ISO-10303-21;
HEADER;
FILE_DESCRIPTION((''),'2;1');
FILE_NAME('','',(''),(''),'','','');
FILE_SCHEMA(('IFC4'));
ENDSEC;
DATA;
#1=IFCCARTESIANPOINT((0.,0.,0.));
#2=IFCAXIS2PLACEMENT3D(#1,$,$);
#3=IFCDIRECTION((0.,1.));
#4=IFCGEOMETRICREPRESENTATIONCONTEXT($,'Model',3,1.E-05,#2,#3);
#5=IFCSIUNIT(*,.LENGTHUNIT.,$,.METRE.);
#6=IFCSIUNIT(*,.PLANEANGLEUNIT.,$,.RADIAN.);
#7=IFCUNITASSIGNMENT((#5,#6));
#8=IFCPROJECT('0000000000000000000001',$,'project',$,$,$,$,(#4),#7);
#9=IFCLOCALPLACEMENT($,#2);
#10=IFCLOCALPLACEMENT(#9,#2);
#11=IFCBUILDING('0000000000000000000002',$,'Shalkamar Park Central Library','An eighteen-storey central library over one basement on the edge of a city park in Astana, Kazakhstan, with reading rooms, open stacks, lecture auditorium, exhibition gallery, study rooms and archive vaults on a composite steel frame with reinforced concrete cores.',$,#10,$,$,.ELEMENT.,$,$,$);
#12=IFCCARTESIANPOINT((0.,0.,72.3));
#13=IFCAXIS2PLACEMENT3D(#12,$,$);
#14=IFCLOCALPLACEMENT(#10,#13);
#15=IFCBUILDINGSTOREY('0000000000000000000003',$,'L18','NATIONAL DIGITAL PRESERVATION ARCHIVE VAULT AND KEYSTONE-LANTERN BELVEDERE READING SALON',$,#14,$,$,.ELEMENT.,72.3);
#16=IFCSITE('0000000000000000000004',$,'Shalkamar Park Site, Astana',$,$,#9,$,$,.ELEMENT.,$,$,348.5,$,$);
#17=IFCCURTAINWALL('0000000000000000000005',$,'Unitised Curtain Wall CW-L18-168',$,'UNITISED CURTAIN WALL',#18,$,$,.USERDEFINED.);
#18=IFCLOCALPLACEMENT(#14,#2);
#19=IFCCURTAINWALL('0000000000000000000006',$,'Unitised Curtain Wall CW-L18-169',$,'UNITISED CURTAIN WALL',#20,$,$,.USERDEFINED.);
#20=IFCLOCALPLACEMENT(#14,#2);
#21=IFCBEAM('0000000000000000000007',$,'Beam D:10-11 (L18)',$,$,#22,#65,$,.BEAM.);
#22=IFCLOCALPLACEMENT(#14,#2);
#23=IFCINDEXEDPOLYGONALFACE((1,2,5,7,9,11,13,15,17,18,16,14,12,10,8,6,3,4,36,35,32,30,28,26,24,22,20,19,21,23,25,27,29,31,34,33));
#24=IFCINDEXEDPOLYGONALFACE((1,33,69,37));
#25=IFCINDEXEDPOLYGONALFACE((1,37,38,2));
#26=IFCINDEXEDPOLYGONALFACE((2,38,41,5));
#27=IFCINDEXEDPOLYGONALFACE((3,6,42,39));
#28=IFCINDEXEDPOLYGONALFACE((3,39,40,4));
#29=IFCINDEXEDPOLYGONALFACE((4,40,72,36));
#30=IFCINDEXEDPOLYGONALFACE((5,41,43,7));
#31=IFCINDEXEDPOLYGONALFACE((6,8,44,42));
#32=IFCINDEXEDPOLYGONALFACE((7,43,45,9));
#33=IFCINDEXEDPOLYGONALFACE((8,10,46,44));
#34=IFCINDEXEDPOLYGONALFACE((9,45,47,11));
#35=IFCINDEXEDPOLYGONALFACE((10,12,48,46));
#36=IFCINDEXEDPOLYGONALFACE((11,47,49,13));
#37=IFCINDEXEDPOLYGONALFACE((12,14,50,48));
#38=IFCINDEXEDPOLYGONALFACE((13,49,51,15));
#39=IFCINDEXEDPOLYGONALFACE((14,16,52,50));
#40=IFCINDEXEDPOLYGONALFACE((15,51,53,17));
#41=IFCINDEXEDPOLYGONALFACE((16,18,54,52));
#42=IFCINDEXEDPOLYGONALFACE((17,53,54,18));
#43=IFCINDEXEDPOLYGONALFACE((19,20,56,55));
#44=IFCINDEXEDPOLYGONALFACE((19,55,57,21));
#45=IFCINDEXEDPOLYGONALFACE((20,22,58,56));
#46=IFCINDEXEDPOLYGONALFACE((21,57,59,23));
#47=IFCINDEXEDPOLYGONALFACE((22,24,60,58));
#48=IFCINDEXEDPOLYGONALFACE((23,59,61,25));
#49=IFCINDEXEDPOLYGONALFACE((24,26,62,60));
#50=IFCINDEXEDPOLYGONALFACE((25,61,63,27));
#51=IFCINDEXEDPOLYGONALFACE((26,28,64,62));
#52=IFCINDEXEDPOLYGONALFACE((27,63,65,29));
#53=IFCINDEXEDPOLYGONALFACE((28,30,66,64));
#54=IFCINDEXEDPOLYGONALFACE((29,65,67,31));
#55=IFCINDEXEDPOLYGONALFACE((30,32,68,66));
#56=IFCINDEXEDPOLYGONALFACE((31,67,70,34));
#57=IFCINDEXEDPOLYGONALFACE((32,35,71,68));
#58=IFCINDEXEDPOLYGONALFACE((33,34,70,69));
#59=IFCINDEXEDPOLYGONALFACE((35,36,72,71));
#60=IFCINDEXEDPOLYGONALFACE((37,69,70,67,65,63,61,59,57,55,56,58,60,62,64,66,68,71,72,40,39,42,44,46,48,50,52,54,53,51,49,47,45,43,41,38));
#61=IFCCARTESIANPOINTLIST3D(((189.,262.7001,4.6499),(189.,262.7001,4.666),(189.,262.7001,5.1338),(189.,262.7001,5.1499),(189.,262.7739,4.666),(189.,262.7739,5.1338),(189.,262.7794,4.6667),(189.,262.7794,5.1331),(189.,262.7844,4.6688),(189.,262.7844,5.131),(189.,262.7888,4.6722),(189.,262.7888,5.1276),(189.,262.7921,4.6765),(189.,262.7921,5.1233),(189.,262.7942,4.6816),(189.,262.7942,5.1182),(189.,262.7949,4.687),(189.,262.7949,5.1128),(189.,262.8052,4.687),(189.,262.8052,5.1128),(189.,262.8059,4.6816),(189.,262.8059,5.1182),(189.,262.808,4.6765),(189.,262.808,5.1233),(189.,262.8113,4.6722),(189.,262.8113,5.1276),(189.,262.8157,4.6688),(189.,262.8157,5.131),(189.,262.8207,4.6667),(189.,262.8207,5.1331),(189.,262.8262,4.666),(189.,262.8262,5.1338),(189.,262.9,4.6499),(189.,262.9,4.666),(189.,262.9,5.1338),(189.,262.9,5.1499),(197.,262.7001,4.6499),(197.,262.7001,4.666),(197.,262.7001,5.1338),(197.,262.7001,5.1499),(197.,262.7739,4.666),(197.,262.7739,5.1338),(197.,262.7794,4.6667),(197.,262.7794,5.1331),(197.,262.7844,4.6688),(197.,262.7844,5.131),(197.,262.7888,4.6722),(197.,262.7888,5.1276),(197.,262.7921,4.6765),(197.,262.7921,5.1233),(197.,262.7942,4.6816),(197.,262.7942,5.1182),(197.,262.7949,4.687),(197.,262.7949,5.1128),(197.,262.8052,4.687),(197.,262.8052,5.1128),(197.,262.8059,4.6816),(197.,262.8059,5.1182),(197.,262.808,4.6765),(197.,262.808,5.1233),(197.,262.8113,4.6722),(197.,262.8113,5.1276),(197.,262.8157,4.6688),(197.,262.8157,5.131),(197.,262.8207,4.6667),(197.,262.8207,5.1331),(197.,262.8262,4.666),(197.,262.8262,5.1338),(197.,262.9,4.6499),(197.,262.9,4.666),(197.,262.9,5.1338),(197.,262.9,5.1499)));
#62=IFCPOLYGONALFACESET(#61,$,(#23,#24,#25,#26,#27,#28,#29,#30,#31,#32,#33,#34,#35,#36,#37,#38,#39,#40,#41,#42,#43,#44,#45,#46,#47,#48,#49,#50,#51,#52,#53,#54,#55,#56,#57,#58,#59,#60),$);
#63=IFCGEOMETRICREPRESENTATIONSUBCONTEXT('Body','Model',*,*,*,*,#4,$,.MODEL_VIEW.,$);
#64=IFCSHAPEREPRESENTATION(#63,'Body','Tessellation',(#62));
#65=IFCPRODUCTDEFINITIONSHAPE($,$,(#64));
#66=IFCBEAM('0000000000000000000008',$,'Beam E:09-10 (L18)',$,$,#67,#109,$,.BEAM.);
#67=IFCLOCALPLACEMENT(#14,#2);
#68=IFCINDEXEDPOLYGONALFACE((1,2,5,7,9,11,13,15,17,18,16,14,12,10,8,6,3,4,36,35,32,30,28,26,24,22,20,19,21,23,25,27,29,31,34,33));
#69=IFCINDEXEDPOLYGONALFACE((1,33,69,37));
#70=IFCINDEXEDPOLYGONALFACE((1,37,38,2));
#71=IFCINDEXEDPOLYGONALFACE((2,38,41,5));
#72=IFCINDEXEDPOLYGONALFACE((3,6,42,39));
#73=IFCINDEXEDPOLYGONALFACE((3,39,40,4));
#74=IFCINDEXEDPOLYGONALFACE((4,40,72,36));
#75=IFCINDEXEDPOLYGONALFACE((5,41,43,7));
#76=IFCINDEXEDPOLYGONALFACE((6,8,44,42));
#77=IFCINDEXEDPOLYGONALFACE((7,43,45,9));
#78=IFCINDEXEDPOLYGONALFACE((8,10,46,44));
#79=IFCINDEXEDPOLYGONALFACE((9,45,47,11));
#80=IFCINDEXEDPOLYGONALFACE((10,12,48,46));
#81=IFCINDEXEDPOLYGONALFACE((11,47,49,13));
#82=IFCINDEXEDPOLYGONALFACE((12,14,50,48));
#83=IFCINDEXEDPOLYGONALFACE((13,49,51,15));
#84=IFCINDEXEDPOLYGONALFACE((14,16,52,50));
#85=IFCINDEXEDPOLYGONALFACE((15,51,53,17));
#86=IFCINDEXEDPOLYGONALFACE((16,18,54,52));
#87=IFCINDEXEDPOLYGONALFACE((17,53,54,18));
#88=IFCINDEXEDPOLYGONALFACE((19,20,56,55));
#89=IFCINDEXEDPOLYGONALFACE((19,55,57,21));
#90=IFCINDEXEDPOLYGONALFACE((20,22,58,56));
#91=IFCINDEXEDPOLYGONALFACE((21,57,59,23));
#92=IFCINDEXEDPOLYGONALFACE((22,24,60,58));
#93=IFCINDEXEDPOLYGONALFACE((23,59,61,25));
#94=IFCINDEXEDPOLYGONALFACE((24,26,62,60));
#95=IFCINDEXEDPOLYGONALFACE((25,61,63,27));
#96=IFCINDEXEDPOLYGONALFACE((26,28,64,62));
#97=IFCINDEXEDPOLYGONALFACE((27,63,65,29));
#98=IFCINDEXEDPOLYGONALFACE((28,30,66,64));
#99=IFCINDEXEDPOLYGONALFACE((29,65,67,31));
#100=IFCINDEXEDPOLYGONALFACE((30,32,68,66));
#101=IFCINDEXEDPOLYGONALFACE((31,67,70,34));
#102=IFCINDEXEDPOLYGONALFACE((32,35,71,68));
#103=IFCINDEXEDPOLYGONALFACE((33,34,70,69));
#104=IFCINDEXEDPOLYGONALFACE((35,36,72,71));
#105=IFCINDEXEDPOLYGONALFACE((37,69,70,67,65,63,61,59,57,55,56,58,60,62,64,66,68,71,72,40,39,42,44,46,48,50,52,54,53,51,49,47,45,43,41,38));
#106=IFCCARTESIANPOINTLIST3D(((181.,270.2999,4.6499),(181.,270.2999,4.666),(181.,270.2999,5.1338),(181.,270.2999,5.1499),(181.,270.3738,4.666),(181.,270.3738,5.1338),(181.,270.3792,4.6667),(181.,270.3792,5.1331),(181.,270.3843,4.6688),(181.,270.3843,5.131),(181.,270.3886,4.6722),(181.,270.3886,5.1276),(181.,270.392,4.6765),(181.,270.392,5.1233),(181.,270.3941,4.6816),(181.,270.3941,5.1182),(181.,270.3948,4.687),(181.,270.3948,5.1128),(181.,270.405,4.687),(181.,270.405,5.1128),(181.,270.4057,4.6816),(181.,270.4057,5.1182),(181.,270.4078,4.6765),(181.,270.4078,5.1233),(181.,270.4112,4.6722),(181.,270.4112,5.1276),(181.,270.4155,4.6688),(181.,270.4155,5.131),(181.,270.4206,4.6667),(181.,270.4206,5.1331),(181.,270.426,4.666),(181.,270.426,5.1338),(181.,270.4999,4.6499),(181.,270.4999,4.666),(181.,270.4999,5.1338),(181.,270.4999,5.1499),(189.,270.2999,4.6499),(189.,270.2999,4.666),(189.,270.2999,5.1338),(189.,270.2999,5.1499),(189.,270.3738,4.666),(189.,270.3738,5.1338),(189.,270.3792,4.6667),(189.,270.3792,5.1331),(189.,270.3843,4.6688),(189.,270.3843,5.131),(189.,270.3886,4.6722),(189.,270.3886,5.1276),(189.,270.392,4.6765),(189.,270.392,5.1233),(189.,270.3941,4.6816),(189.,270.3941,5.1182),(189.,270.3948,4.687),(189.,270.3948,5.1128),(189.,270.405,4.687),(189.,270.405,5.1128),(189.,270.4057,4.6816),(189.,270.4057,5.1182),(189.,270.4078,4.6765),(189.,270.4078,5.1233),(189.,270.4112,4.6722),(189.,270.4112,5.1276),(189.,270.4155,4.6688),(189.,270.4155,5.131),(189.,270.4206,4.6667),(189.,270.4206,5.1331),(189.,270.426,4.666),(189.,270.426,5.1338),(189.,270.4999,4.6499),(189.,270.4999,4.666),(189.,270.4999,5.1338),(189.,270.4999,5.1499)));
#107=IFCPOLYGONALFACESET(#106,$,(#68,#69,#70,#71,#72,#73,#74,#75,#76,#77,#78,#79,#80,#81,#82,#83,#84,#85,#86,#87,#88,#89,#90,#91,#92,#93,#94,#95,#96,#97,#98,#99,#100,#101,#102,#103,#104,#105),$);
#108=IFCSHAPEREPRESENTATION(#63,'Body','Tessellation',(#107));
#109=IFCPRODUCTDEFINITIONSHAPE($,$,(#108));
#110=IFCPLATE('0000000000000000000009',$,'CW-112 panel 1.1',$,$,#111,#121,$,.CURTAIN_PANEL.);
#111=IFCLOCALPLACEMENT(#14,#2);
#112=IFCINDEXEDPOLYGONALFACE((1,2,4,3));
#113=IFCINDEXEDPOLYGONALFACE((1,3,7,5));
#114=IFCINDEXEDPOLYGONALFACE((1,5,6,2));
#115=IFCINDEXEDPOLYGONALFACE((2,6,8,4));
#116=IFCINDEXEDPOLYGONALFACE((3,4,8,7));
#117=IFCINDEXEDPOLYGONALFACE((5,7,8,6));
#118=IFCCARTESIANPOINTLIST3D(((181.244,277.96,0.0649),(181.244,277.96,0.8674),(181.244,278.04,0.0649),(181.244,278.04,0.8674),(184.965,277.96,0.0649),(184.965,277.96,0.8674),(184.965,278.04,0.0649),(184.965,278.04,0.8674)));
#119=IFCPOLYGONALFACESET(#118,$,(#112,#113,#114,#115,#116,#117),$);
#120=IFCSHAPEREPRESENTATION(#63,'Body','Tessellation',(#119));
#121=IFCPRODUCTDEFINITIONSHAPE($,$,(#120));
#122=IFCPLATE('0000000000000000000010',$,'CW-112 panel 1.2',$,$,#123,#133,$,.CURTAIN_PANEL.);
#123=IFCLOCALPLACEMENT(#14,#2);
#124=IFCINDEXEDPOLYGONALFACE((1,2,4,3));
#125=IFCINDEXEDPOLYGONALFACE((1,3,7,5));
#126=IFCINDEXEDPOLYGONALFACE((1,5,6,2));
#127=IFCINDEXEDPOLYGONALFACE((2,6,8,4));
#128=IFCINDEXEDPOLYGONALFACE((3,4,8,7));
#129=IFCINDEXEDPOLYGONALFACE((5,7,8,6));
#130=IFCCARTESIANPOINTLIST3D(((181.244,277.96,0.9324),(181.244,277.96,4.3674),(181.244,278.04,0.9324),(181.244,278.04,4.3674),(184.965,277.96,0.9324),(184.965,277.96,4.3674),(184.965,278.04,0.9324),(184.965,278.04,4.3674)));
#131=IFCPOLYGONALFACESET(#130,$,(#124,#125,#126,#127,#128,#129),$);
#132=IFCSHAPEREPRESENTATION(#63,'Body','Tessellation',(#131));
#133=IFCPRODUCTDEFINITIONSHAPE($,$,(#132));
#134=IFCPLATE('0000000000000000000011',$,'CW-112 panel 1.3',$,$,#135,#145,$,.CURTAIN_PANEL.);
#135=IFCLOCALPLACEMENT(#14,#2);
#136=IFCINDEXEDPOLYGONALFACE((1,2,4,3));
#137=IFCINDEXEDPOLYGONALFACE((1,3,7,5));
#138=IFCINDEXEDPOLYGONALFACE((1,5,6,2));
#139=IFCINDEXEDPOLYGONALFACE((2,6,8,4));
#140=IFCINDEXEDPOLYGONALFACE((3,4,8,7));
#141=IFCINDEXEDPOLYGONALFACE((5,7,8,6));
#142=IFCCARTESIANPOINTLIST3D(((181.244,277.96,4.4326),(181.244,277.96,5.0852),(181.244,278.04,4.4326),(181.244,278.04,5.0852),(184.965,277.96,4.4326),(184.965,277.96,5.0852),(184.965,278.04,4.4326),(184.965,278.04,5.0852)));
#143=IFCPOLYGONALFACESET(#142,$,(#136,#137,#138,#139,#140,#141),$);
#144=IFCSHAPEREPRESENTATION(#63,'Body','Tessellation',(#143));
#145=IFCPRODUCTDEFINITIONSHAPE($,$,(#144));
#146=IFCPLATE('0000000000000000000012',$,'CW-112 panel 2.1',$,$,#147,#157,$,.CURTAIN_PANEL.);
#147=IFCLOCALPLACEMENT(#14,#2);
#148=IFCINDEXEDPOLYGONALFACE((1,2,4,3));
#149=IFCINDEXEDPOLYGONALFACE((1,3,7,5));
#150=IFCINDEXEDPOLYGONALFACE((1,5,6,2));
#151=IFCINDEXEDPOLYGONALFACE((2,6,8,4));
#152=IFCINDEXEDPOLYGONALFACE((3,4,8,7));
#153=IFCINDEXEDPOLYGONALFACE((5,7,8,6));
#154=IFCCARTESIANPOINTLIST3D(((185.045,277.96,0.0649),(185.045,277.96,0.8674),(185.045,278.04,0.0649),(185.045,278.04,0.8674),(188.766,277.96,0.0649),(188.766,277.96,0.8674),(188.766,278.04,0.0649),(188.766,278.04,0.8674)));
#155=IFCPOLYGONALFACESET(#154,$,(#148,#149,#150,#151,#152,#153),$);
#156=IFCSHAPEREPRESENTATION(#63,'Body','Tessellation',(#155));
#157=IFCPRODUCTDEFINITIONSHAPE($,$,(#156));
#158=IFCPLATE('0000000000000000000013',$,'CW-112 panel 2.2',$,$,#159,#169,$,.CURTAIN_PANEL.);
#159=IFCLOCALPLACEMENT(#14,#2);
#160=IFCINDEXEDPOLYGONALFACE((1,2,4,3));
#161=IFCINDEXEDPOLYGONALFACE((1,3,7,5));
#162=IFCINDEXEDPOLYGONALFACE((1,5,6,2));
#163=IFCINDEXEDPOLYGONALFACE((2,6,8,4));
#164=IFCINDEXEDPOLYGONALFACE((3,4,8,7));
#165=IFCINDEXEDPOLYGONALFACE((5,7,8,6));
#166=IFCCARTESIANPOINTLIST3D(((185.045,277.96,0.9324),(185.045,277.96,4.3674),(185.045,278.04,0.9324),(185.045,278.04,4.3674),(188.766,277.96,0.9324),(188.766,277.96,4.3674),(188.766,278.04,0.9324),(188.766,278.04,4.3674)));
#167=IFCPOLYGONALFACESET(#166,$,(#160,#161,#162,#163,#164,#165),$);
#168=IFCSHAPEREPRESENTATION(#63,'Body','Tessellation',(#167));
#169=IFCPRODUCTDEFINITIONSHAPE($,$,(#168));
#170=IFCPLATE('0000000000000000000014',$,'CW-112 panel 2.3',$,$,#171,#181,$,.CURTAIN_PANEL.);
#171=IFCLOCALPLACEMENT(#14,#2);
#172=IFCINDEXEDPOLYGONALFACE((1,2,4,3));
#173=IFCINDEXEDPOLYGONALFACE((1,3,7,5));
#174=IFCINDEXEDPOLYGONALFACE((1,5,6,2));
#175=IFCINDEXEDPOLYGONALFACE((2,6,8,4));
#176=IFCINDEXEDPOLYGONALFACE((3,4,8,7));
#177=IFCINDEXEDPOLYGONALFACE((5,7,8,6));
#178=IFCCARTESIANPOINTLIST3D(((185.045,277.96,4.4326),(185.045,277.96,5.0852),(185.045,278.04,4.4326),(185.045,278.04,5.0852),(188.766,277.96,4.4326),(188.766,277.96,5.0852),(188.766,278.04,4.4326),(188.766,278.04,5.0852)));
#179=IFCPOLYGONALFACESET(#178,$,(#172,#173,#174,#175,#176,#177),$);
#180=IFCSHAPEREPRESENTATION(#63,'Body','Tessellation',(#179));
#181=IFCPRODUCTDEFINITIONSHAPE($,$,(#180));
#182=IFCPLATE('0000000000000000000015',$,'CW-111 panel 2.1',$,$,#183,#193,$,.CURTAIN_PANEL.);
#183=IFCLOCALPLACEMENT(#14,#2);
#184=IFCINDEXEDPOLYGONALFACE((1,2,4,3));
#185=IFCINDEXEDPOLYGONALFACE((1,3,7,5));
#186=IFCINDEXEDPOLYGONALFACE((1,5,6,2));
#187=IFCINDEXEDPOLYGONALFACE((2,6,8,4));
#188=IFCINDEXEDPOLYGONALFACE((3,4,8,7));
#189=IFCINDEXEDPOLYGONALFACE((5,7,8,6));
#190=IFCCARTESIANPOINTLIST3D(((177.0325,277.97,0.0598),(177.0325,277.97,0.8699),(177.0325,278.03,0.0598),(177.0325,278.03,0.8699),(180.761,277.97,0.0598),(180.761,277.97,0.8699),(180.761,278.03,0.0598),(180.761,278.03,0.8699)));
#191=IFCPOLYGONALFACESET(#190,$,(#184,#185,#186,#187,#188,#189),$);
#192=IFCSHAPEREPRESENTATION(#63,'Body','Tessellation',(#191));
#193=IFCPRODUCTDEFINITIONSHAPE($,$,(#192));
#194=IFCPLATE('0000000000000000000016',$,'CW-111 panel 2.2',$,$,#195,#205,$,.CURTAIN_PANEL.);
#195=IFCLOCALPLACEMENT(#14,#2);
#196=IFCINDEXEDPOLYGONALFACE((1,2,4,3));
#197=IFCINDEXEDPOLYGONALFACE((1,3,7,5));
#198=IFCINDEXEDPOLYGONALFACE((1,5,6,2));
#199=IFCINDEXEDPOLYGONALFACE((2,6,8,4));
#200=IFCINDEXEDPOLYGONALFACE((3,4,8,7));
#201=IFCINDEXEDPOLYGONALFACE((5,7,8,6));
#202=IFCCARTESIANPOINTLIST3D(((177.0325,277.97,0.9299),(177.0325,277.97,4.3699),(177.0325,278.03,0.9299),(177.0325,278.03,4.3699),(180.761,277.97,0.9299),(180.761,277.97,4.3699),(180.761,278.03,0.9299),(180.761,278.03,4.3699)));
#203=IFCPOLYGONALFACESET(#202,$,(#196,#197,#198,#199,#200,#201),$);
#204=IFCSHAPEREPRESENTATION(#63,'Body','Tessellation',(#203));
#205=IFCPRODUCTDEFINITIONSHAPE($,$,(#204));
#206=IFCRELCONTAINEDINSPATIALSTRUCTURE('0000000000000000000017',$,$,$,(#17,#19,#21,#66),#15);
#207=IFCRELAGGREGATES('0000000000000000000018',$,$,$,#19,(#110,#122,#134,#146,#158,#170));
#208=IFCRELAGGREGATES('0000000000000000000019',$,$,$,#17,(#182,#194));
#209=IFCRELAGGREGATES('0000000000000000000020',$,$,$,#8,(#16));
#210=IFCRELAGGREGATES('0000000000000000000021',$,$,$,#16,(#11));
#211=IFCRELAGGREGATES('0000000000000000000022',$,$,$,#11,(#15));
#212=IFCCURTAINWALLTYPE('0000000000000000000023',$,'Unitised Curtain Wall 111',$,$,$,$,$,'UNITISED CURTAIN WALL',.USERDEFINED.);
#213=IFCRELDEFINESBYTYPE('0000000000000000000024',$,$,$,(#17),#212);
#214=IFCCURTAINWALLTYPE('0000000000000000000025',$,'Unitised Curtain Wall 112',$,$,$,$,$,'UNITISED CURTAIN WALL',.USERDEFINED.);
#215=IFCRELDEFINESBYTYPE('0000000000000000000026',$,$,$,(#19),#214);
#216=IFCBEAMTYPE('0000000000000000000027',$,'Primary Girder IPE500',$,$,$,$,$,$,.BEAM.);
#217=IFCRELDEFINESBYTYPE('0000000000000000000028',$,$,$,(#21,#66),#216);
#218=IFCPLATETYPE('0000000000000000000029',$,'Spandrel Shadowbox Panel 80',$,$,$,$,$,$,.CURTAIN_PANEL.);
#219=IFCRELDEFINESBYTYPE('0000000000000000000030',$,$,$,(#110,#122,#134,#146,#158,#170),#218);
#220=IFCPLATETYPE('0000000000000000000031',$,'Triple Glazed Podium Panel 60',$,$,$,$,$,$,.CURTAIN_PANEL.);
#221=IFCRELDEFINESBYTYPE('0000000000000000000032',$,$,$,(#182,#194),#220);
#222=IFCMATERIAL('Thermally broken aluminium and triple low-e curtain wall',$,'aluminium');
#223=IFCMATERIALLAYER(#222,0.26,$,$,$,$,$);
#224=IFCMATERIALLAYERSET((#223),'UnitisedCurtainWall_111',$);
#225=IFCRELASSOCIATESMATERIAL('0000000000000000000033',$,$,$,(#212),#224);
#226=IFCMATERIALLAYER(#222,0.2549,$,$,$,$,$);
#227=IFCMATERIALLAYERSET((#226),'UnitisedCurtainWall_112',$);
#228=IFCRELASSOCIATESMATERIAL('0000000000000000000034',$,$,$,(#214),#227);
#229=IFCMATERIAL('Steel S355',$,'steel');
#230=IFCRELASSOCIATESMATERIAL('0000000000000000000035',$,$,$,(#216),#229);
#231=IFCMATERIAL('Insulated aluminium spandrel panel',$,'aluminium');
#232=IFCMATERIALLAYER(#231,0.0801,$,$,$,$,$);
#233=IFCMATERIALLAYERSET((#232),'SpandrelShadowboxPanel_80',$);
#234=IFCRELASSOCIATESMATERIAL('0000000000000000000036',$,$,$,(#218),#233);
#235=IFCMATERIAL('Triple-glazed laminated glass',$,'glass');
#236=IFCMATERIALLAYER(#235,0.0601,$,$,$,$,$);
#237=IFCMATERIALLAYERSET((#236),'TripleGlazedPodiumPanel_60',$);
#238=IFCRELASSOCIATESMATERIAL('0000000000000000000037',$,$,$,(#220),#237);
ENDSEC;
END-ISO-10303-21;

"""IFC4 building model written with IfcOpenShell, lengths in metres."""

from ifc_helpers import new_model, si_unit, direction, frame, origin, origin_2d, place, context, subcontext, project, spatial, rectangle, i_section, extrude, material, layer, layer_set, material_profile, profile_set, type_object, element, aggregate, save


model = new_model("IFC4")

# Units and contexts
model_context = context("Model", 3, precision=1e-05, world=origin(), true_north=direction((0.0, 1.0)))
body_context = subcontext(model_context, "Body", "Model", "MODEL_VIEW")
ifc_project = project(units=[si_unit("LENGTHUNIT", "METRE"), si_unit("PLANEANGLEUNIT", "RADIAN")], contexts=[model_context])

# Site, building, storey
site_placement = place(None, origin())
site = spatial("IfcSite", under=ifc_project, at=site_placement, Name="Shalkamar Park Site, Astana", CompositionType="ELEMENT", RefElevation=348.5)
building_placement = place(site_placement, origin())
building = spatial("IfcBuilding", under=site, at=building_placement, Name="Shalkamar Park Central Library", Description="An eighteen-storey central library over one basement on the edge of a city park in Astana, Kazakhstan, with reading rooms, open stacks, lecture auditorium, exhibition gallery, study rooms and archive vaults on a composite steel frame with reinforced concrete cores.", CompositionType="ELEMENT")
storey_placement = place(building_placement, frame((0.0, 0.0, 72.3)))
storey = spatial("IfcBuildingStorey", under=building, at=storey_placement, Name="L18", Description="NATIONAL DIGITAL PRESERVATION ARCHIVE VAULT AND KEYSTONE-LANTERN BELVEDERE READING SALON", CompositionType="ELEMENT", Elevation=72.3)

# Shared definitions
ifc_material_1 = material(Name="Steel S355", Category="steel")

# Curtain wall
ifc_material_2 = material(Name="Thermally broken aluminium and triple low-e curtain wall", Category="aluminium")
ifc_layer_1 = layer(ifc_material_2, 0.26)
ifc_layer_set_1 = layer_set([ifc_layer_1], Name="UnitisedCurtainWall_111")
curtain_wall_type_1 = type_object("IfcCurtainWallType", Name="Unitised Curtain Wall 111", ElementType="UNITISED CURTAIN WALL", PredefinedType="USERDEFINED", material=ifc_layer_set_1)
curtain_wall_1_placement = place(storey_placement, origin())
curtain_wall_1 = element("IfcCurtainWall", 1, at=curtain_wall_1_placement, inside=storey, type_object=curtain_wall_type_1, Name="Unitised Curtain Wall CW-L18-168", ObjectType="UNITISED CURTAIN WALL", PredefinedType="USERDEFINED")

# Curtain wall
ifc_layer_2 = layer(ifc_material_2, 0.2549)
ifc_layer_set_2 = layer_set([ifc_layer_2], Name="UnitisedCurtainWall_112")
curtain_wall_type_2 = type_object("IfcCurtainWallType", Name="Unitised Curtain Wall 112", ElementType="UNITISED CURTAIN WALL", PredefinedType="USERDEFINED", material=ifc_layer_set_2)
curtain_wall_2_placement = place(storey_placement, origin())
curtain_wall_2 = element("IfcCurtainWall", 2, at=curtain_wall_2_placement, inside=storey, type_object=curtain_wall_type_2, Name="Unitised Curtain Wall CW-L18-169", ObjectType="UNITISED CURTAIN WALL", PredefinedType="USERDEFINED")

# Beams
ifc_material_profile_1 = material_profile(ifc_material_1, i_section(OverallWidth=0.2, OverallDepth=0.5, WebThickness=0.0103, FlangeThickness=0.0161, FilletRadius=0.021, at=origin_2d()), Name="IPE 500")
ifc_profile_set_1 = profile_set([ifc_material_profile_1], Name="Steel S355")
beam_type_1 = type_object("IfcBeamType", Name="Primary Girder IPE500", PredefinedType="BEAM", material=ifc_profile_set_1)
for number, where, z_axis, x_axis, name in (
    (3, (189.0, 262.8, 4.8999), (1.0, 0.0, 0.0), (0.0, 1.0, 0.0), "Beam D:10-11 (L18)"),
    (4, (181.0, 270.3999, 4.8999), (1.0, 0.0, 0.0), (0.0, 1.0, 0.0), "Beam E:09-10 (L18)"),
):
    element("IfcBeam", number, at=place(storey_placement, frame(where, z_axis=z_axis, x_axis=x_axis)), inside=storey, type_object=beam_type_1, Name=name, PredefinedType="BEAM", context=body_context, shape_type="SweptSolid", body=[
        extrude(i_section(OverallWidth=0.2, OverallDepth=0.5, WebThickness=0.0103, FlangeThickness=0.0161, FilletRadius=0.021, at=origin_2d()), origin(), (0.0, 0.0, 1.0), 8.0),
    ])

# Plates
ifc_material_3 = material(Name="Insulated aluminium spandrel panel", Category="aluminium")
ifc_layer_3 = layer(ifc_material_3, 0.0801)
ifc_layer_set_3 = layer_set([ifc_layer_3], Name="SpandrelShadowboxPanel_80")
plate_type_1 = type_object("IfcPlateType", Name="Spandrel Shadowbox Panel 80", PredefinedType="CURTAIN_PANEL", material=ifc_layer_set_3)
plate_1_placement = place(storey_placement, frame((183.1045, 278.0, 0.0649), z_axis=(0.0, 0.0, 1.0), x_axis=(1.0, 0.0, 0.0)))
plate_1 = element("IfcPlate", 5, at=plate_1_placement, type_object=plate_type_1, Name="CW-112 panel 1.1", PredefinedType="CURTAIN_PANEL", context=body_context, shape_type="SweptSolid", body=[
    extrude(rectangle(XDim=3.7209, YDim=0.0801, at=origin_2d()), origin(), (0.0, 0.0, 1.0), 0.8025),
])
plate_2_placement = place(storey_placement, frame((183.1045, 278.0, 0.9324), z_axis=(0.0, 0.0, 1.0), x_axis=(1.0, 0.0, 0.0)))
plate_2 = element("IfcPlate", 6, at=plate_2_placement, type_object=plate_type_1, Name="CW-112 panel 1.2", PredefinedType="CURTAIN_PANEL", context=body_context, shape_type="SweptSolid", body=[
    extrude(rectangle(XDim=3.7209, YDim=0.0801, at=origin_2d()), origin(), (0.0, 0.0, 1.0), 3.4351),
])
plate_3_placement = place(storey_placement, frame((183.1045, 278.0, 4.4326), z_axis=(0.0, 0.0, 1.0), x_axis=(1.0, 0.0, 0.0)))
plate_3 = element("IfcPlate", 7, at=plate_3_placement, type_object=plate_type_1, Name="CW-112 panel 1.3", PredefinedType="CURTAIN_PANEL", context=body_context, shape_type="SweptSolid", body=[
    extrude(rectangle(XDim=3.7209, YDim=0.0801, at=origin_2d()), origin(), (0.0, 0.0, 1.0), 0.6526),
])
plate_4_placement = place(storey_placement, frame((186.9055, 278.0, 0.0649), z_axis=(0.0, 0.0, 1.0), x_axis=(1.0, 0.0, 0.0)))
plate_4 = element("IfcPlate", 8, at=plate_4_placement, type_object=plate_type_1, Name="CW-112 panel 2.1", PredefinedType="CURTAIN_PANEL", context=body_context, shape_type="SweptSolid", body=[
    extrude(rectangle(XDim=3.7209, YDim=0.0801, at=origin_2d()), origin(), (0.0, 0.0, 1.0), 0.8025),
])
plate_5_placement = place(storey_placement, frame((186.9055, 278.0, 0.9324), z_axis=(0.0, 0.0, 1.0), x_axis=(1.0, 0.0, 0.0)))
plate_5 = element("IfcPlate", 9, at=plate_5_placement, type_object=plate_type_1, Name="CW-112 panel 2.2", PredefinedType="CURTAIN_PANEL", context=body_context, shape_type="SweptSolid", body=[
    extrude(rectangle(XDim=3.7209, YDim=0.0801, at=origin_2d()), origin(), (0.0, 0.0, 1.0), 3.4351),
])
plate_6_placement = place(storey_placement, frame((186.9055, 278.0, 4.4326), z_axis=(0.0, 0.0, 1.0), x_axis=(1.0, 0.0, 0.0)))
plate_6 = element("IfcPlate", 10, at=plate_6_placement, type_object=plate_type_1, Name="CW-112 panel 2.3", PredefinedType="CURTAIN_PANEL", context=body_context, shape_type="SweptSolid", body=[
    extrude(rectangle(XDim=3.7209, YDim=0.0801, at=origin_2d()), origin(), (0.0, 0.0, 1.0), 0.6526),
])
aggregate(curtain_wall_2, [plate_1, plate_2, plate_3, plate_4, plate_5, plate_6])
ifc_material_4 = material(Name="Triple-glazed laminated glass", Category="glass")
ifc_layer_4 = layer(ifc_material_4, 0.0601)
ifc_layer_set_4 = layer_set([ifc_layer_4], Name="TripleGlazedPodiumPanel_60")
plate_type_2 = type_object("IfcPlateType", Name="Triple Glazed Podium Panel 60", PredefinedType="CURTAIN_PANEL", material=ifc_layer_set_4)
plate_7_placement = place(storey_placement, frame((178.8967, 278.0, 0.0598), z_axis=(0.0, 0.0, 1.0), x_axis=(1.0, 0.0, 0.0)))
plate_7 = element("IfcPlate", 11, at=plate_7_placement, type_object=plate_type_2, Name="CW-111 panel 2.1", PredefinedType="CURTAIN_PANEL", context=body_context, shape_type="SweptSolid", body=[
    extrude(rectangle(XDim=3.7285, YDim=0.0601, at=origin_2d()), origin(), (0.0, 0.0, 1.0), 0.8101),
])
plate_8_placement = place(storey_placement, frame((178.8967, 278.0, 0.9299), z_axis=(0.0, 0.0, 1.0), x_axis=(1.0, 0.0, 0.0)))
plate_8 = element("IfcPlate", 12, at=plate_8_placement, type_object=plate_type_2, Name="CW-111 panel 2.2", PredefinedType="CURTAIN_PANEL", context=body_context, shape_type="SweptSolid", body=[
    extrude(rectangle(XDim=3.7285, YDim=0.0601, at=origin_2d()), origin(), (0.0, 0.0, 1.0), 3.4399),
])
aggregate(curtain_wall_1, [plate_7, plate_8])

save(model, "model.ifc")
